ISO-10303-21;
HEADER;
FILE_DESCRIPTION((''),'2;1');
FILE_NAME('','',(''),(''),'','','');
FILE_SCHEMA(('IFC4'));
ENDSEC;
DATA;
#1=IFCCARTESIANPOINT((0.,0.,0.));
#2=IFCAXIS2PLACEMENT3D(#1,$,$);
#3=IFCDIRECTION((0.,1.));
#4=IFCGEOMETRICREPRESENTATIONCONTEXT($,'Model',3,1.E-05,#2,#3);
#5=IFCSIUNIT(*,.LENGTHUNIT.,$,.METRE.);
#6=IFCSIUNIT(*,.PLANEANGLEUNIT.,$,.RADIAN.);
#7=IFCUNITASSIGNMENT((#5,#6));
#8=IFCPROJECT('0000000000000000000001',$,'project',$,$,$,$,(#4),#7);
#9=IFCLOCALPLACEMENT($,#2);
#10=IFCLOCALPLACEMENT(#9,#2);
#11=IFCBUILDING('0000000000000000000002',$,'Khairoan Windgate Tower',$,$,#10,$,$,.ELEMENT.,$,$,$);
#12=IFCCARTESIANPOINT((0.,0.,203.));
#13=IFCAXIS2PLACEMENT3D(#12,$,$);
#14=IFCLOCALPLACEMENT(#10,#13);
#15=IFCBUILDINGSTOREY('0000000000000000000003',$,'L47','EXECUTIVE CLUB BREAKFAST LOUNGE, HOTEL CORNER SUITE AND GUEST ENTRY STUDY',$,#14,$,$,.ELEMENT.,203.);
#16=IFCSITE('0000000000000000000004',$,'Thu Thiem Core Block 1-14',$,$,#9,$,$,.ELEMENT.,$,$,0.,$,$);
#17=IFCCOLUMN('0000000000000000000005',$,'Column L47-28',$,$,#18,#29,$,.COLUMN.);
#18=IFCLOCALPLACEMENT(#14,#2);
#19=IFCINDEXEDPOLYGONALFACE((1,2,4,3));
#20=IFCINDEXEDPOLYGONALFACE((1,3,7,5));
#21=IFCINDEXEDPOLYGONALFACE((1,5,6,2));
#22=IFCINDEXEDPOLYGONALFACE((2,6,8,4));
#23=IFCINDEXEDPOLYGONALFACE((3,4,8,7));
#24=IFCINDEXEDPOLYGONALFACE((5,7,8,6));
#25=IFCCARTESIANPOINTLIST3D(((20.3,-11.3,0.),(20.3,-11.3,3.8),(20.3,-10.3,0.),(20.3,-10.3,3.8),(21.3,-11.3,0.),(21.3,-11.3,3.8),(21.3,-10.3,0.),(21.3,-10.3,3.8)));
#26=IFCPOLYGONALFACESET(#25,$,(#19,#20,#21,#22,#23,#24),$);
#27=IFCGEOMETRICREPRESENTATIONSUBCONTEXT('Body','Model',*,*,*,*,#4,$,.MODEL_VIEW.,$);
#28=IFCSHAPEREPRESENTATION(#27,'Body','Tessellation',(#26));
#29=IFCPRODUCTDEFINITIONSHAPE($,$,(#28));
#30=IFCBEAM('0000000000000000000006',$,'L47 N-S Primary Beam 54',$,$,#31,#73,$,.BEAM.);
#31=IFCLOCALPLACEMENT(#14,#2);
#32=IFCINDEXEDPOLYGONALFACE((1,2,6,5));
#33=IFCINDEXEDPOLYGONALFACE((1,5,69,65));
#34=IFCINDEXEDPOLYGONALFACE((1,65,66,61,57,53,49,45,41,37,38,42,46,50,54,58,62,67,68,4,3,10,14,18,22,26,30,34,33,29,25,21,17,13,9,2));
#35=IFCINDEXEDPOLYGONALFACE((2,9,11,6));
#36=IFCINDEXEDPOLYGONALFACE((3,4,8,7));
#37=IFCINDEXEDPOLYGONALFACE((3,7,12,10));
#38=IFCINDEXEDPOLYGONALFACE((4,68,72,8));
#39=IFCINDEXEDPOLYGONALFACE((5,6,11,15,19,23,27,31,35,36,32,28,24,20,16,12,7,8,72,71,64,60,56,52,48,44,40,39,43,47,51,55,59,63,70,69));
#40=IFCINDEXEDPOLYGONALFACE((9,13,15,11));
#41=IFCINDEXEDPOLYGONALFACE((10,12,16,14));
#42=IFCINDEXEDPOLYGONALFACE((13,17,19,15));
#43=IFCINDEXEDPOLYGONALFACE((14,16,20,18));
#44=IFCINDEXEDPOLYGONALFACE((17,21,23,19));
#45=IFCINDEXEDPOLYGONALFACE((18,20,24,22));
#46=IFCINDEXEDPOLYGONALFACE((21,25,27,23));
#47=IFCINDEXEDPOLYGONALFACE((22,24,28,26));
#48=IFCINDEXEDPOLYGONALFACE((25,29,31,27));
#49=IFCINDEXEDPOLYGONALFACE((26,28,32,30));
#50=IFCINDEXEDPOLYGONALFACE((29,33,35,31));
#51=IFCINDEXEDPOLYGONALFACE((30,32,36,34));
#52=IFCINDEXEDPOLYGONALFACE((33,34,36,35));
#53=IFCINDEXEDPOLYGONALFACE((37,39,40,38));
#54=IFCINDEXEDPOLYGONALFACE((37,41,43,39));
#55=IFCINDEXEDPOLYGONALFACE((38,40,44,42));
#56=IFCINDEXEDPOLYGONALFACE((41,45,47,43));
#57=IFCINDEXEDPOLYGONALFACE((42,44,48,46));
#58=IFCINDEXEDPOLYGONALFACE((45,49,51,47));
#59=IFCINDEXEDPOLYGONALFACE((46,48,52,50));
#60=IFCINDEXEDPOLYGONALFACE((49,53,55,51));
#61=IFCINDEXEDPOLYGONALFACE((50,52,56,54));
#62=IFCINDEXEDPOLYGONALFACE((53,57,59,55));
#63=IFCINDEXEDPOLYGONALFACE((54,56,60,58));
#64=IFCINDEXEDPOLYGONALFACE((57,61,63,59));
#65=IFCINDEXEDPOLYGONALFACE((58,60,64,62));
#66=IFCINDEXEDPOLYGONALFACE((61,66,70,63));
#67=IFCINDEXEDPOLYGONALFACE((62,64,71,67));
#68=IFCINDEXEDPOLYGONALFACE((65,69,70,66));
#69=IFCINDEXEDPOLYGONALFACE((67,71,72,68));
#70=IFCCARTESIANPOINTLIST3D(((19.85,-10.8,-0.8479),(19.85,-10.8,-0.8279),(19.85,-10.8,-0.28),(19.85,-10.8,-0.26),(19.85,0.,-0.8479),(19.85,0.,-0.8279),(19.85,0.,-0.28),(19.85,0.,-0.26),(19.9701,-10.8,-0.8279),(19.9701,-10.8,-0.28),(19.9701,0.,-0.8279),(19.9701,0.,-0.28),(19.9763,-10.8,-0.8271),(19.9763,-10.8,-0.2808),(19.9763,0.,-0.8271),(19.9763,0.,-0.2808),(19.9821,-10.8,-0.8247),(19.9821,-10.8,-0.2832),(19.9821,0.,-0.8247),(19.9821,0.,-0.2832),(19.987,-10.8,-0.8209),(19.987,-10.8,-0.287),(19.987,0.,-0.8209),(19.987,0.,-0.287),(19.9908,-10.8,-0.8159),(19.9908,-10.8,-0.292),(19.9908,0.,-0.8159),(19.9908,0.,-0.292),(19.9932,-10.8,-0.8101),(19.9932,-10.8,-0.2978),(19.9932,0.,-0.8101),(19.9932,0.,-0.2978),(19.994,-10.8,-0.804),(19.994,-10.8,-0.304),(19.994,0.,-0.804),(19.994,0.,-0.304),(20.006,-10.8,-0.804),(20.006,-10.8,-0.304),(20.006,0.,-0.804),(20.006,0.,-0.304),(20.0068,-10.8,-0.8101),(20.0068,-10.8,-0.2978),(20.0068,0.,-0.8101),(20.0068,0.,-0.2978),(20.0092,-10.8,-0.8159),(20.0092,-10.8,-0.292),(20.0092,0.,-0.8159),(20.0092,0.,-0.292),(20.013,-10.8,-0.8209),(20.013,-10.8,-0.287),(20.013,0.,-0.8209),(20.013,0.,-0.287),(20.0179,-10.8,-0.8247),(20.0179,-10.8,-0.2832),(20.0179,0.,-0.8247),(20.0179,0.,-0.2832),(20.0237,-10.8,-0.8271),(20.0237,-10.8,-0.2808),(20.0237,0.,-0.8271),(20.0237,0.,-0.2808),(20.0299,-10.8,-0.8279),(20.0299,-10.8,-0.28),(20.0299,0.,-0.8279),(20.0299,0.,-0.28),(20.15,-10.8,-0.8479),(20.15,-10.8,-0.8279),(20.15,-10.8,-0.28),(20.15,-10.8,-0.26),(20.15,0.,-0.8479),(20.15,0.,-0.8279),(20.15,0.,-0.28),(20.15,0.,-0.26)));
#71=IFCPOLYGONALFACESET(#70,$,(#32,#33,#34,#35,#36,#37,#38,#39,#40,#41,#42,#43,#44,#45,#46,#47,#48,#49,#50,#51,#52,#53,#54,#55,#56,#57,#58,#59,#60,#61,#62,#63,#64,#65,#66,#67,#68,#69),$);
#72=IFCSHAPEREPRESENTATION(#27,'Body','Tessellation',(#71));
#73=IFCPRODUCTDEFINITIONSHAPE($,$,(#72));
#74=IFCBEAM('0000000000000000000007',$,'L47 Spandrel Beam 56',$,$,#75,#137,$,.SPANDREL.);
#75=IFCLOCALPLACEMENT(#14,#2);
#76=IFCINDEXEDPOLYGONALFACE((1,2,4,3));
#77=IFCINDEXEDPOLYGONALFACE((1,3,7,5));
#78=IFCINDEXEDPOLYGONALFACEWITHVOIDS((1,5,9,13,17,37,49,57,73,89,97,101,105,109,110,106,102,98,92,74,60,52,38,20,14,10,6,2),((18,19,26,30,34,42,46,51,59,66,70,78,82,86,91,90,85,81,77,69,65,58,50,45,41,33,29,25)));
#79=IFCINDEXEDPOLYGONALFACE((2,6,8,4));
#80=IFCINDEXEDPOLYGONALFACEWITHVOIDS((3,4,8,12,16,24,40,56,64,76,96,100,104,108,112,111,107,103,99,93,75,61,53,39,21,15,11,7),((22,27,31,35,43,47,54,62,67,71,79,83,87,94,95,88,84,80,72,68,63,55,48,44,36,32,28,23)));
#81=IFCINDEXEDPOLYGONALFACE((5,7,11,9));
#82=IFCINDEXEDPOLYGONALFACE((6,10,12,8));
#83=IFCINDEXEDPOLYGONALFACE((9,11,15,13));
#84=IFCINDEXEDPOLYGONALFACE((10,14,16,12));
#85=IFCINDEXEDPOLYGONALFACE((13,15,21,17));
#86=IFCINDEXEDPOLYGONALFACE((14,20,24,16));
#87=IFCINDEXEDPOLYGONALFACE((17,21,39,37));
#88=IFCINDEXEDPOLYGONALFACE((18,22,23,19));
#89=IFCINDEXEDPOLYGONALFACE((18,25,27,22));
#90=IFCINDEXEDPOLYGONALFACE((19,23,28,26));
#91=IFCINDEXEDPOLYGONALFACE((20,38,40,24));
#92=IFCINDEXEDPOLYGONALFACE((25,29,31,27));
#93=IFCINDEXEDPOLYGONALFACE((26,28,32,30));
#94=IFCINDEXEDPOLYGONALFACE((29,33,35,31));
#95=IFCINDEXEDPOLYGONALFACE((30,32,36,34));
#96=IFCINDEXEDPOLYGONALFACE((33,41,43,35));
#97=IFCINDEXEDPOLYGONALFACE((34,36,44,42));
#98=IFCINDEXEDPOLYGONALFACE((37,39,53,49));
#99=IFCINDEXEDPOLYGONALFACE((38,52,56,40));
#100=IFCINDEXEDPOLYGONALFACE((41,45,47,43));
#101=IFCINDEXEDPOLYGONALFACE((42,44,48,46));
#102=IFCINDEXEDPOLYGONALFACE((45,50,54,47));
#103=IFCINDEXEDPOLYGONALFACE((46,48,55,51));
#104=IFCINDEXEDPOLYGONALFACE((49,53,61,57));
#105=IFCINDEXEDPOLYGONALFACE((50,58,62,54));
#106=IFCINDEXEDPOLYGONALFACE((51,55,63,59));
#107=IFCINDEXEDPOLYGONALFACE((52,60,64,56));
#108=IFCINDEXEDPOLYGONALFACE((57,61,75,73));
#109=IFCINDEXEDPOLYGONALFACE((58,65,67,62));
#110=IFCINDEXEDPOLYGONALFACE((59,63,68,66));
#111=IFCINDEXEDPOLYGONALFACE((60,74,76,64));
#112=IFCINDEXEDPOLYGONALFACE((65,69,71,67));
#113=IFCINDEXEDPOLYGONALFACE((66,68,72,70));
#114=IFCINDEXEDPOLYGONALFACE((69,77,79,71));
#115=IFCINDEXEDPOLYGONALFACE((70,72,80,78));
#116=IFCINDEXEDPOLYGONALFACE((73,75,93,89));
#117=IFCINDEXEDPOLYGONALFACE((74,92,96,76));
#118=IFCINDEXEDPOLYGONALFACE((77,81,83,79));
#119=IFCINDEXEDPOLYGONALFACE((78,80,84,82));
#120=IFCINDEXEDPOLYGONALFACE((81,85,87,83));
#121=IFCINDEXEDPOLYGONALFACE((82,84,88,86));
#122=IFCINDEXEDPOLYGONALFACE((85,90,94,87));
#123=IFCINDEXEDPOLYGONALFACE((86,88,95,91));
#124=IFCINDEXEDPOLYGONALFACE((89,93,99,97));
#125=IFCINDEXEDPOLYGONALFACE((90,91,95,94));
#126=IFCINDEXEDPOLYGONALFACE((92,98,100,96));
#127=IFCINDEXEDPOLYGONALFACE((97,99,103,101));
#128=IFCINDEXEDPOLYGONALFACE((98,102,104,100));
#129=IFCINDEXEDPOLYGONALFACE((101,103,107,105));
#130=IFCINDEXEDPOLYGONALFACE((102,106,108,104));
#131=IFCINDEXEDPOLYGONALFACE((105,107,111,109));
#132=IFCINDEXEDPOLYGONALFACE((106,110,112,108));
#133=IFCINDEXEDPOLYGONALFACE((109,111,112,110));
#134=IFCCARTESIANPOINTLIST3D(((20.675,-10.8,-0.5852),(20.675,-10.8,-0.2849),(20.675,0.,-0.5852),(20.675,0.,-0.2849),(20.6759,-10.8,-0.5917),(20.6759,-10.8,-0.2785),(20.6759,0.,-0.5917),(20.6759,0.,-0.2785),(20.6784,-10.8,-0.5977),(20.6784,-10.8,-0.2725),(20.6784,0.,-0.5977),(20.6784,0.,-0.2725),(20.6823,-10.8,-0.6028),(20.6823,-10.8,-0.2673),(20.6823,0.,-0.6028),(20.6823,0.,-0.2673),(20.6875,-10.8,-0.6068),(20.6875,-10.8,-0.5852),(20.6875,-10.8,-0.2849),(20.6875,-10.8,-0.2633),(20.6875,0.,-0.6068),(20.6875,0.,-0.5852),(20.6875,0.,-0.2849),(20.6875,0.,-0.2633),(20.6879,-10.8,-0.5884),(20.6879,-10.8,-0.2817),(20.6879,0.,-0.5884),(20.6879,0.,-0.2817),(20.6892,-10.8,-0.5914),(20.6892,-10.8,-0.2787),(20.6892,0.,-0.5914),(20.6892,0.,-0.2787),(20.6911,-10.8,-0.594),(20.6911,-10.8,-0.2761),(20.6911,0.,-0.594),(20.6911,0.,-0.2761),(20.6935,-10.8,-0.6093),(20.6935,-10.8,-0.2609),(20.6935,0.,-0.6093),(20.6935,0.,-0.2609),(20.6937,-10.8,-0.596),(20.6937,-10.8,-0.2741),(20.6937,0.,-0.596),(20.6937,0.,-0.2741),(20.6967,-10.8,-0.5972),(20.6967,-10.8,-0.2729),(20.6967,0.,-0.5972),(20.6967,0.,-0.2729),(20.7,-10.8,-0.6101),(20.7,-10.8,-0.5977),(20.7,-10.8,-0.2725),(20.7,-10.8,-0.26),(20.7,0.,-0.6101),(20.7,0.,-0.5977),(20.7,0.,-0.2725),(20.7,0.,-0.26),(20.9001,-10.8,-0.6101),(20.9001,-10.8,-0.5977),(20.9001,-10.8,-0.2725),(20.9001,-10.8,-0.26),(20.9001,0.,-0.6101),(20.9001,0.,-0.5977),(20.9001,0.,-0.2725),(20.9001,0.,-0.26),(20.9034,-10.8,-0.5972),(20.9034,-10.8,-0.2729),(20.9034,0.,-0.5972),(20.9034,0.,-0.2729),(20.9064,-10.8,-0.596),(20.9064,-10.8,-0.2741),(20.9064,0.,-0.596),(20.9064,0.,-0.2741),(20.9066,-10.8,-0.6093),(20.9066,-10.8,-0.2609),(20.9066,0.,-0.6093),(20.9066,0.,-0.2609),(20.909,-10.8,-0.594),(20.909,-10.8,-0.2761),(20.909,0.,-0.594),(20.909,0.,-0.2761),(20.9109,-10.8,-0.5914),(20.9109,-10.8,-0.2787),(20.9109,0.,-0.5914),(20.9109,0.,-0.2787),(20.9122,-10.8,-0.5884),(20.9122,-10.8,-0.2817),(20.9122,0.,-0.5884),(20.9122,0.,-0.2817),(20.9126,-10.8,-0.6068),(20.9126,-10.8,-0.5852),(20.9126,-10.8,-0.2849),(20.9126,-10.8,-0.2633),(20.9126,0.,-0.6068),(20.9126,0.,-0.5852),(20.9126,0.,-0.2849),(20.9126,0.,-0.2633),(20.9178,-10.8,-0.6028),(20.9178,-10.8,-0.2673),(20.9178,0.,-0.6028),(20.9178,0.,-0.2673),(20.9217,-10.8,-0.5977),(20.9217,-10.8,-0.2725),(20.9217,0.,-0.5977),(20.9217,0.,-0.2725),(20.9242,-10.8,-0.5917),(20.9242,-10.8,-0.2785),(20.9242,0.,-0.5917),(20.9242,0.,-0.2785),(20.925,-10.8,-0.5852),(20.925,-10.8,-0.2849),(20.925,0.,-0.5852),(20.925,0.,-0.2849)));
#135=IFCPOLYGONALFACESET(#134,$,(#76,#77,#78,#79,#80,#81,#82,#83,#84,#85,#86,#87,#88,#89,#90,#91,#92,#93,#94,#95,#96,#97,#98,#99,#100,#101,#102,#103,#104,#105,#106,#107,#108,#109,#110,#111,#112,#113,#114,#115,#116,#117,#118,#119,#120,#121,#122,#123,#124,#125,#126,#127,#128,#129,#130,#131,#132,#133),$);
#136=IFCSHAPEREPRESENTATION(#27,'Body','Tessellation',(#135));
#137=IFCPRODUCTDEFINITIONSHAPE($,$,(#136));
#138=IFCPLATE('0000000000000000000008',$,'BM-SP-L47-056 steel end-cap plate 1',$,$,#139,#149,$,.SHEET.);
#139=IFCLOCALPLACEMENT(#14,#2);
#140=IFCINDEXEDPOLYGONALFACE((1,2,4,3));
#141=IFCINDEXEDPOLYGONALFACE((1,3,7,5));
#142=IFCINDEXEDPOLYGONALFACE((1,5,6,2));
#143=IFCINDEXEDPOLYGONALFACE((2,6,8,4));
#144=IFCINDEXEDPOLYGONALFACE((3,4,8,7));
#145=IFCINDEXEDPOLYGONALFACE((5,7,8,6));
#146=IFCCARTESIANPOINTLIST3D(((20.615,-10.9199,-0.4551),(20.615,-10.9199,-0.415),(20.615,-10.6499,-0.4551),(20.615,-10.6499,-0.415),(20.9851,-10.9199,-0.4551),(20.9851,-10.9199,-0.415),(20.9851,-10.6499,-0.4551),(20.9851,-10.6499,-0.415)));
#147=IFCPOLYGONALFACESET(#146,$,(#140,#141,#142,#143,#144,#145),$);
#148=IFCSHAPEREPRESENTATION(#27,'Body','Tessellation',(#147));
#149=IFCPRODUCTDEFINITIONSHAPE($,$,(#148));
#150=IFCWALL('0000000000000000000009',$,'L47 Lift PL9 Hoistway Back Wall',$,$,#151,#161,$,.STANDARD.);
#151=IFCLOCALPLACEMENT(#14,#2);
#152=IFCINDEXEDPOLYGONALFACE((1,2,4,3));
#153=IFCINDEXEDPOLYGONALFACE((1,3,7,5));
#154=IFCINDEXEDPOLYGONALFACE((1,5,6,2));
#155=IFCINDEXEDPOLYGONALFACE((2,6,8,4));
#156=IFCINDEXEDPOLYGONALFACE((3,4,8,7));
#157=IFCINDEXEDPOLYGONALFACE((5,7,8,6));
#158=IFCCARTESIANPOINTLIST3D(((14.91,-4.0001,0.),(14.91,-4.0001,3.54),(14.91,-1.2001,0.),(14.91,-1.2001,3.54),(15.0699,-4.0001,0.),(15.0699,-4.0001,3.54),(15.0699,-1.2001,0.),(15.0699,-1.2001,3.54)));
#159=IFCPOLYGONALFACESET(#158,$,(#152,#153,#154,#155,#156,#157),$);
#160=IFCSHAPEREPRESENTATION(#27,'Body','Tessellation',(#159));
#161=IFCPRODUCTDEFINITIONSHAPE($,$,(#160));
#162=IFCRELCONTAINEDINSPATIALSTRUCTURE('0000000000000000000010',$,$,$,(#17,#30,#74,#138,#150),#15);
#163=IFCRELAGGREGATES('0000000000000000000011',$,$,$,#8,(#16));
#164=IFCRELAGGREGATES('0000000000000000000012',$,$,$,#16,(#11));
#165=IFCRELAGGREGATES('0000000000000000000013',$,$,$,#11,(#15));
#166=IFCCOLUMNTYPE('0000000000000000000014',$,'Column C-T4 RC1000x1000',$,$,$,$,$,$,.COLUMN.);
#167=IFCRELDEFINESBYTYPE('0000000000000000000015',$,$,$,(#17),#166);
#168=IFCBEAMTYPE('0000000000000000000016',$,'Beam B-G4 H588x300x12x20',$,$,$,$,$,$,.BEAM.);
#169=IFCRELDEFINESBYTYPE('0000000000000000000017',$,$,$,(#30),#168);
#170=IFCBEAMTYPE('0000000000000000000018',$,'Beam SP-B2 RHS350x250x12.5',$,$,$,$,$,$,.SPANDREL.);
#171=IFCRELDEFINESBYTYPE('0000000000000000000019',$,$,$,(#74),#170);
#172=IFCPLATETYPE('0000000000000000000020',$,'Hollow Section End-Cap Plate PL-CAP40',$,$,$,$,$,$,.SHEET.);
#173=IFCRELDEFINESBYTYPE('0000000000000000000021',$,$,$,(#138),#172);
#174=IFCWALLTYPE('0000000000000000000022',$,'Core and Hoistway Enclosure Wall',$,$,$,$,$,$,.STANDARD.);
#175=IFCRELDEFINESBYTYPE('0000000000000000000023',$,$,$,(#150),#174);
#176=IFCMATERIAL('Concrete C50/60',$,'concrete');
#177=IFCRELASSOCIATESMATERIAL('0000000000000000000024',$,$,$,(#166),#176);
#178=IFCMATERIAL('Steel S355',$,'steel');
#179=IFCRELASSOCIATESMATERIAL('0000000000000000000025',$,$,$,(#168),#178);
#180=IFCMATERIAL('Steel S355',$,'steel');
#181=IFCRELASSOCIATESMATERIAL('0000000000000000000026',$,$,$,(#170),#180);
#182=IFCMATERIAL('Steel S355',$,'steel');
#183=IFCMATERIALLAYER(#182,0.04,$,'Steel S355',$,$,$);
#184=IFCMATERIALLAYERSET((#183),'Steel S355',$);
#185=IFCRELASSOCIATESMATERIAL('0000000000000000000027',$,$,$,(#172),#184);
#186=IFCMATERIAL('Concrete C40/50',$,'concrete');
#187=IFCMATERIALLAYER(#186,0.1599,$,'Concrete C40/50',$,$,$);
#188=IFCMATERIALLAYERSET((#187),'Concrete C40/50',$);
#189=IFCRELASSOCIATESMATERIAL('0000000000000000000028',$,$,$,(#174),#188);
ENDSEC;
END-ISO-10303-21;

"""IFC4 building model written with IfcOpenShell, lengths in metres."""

from ifc_helpers import new_model, si_unit, direction, frame, frame_2d, origin, origin_2d, place, context, subcontext, project, spatial, rectangle, hollow_rectangle, i_section, extrude, material, layer, layer_set, material_profile, profile_set, type_object, element, save


model = new_model("IFC4")

# Units and contexts
model_context = context("Model", 3, precision=1e-05, world=origin(), true_north=direction((0.0, 1.0)))
body_context = subcontext(model_context, "Body", "Model", "MODEL_VIEW")
ifc_project = project(units=[si_unit("LENGTHUNIT", "METRE"), si_unit("PLANEANGLEUNIT", "RADIAN")], contexts=[model_context])

# Site, building, storey
site_placement = place(None, origin())
site = spatial("IfcSite", under=ifc_project, at=site_placement, Name="Thu Thiem Core Block 1-14", CompositionType="ELEMENT", RefElevation=0.0)
building_placement = place(site_placement, origin())
building = spatial("IfcBuilding", under=site, at=building_placement, Name="Khairoan Windgate Tower", CompositionType="ELEMENT")
storey_placement = place(building_placement, frame((0.0, 0.0, 203.0)))
storey = spatial("IfcBuildingStorey", under=building, at=storey_placement, Name="L47", Description="EXECUTIVE CLUB BREAKFAST LOUNGE, HOTEL CORNER SUITE AND GUEST ENTRY STUDY", CompositionType="ELEMENT", Elevation=203.0)

# Column
ifc_material_1 = material(Name="Concrete C50/60", Category="concrete")
ifc_material_profile_1 = material_profile(ifc_material_1, rectangle(XDim=1.0, YDim=1.0, at=origin_2d()))
ifc_profile_set_1 = profile_set([ifc_material_profile_1], Name="Concrete C50/60")
column_type = type_object("IfcColumnType", Name="Column C-T4 RC1000x1000", PredefinedType="COLUMN", material=ifc_profile_set_1)
column_placement = place(storey_placement, frame((20.8, -10.8, 0.0), z_axis=(0.0, 0.0, 1.0), x_axis=(1.0, 0.0, 0.0)))
element("IfcColumn", 1, at=column_placement, inside=storey, type_object=column_type, Name="Column L47-28", PredefinedType="COLUMN", context=body_context, shape_type="SweptSolid", body=[
    extrude(rectangle(XDim=1.0, YDim=1.0, at=origin_2d()), origin(), (0.0, 0.0, 1.0), 3.8),
])

# Beams
ifc_material_2 = material(Name="Steel S355", Category="steel")
ifc_material_profile_2 = material_profile(ifc_material_2, i_section(OverallWidth=0.3, OverallDepth=0.5879, WebThickness=0.012, FlangeThickness=0.02, FilletRadius=0.0239, at=origin_2d()))
ifc_profile_set_2 = profile_set([ifc_material_profile_2], Name="Steel S355")
beam_type_1 = type_object("IfcBeamType", Name="Beam B-G4 H588x300x12x20", PredefinedType="BEAM", material=ifc_profile_set_2)
beam_1_placement = place(storey_placement, frame((20.0, -10.8, -0.554), z_axis=(0.0, 1.0, 0.0), x_axis=(-1.0, 0.0, 0.0)))
element("IfcBeam", 2, at=beam_1_placement, inside=storey, type_object=beam_type_1, Name="L47 N-S Primary Beam 54", PredefinedType="BEAM", context=body_context, shape_type="SweptSolid", body=[
    extrude(i_section(OverallWidth=0.3, OverallDepth=0.5879, WebThickness=0.012, FlangeThickness=0.02, FilletRadius=0.0239, at=origin_2d()), origin(), (0.0, 0.0, 1.0), 10.8),
])
ifc_material_3 = material(Name="Steel S355", Category="steel")
ifc_material_profile_3 = material_profile(ifc_material_3, hollow_rectangle(XDim=0.25, YDim=0.3501, WallThickness=0.0125, InnerFilletRadius=0.0125, OuterFilletRadius=0.0249, at=origin_2d()))
ifc_profile_set_3 = profile_set([ifc_material_profile_3], Name="Steel S355")
beam_type_2 = type_object("IfcBeamType", Name="Beam SP-B2 RHS350x250x12.5", PredefinedType="SPANDREL", material=ifc_profile_set_3)
beam_2_placement = place(storey_placement, frame((20.8, -10.8, -0.4351), z_axis=(0.0, 1.0, 0.0), x_axis=(-1.0, 0.0, 0.0)))
element("IfcBeam", 3, at=beam_2_placement, inside=storey, type_object=beam_type_2, Name="L47 Spandrel Beam 56", PredefinedType="SPANDREL", context=body_context, shape_type="SweptSolid", body=[
    extrude(hollow_rectangle(XDim=0.25, YDim=0.3501, WallThickness=0.0125, InnerFilletRadius=0.0125, OuterFilletRadius=0.0249, at=origin_2d()), origin(), (0.0, 0.0, 1.0), 10.8),
])

# Plate
ifc_material_4 = material(Name="Steel S355", Category="steel")
ifc_layer_1 = layer(ifc_material_4, 0.04, Name="Steel S355")
ifc_layer_set_1 = layer_set([ifc_layer_1], Name="Steel S355")
plate_type = type_object("IfcPlateType", Name="Hollow Section End-Cap Plate PL-CAP40", PredefinedType="SHEET", material=ifc_layer_set_1)
plate_placement = place(storey_placement, frame((20.8, -10.7849, -0.4551), z_axis=(0.0, 0.0, 1.0), x_axis=(0.0, 1.0, 0.0)))
element("IfcPlate", 4, at=plate_placement, inside=storey, type_object=plate_type, Name="BM-SP-L47-056 steel end-cap plate 1", PredefinedType="SHEET", context=body_context, shape_type="SweptSolid", body=[
    extrude(rectangle(XDim=0.27, YDim=0.3701, at=origin_2d()), origin(), (0.0, 0.0, 1.0), 0.04),
])

# Wall
ifc_material_5 = material(Name="Concrete C40/50", Category="concrete")
ifc_layer_2 = layer(ifc_material_5, 0.1599, Name="Concrete C40/50")
ifc_layer_set_2 = layer_set([ifc_layer_2], Name="Concrete C40/50")
wall_type_1 = type_object("IfcWallType", Name="Core and Hoistway Enclosure Wall", PredefinedType="STANDARD", material=ifc_layer_set_2)
wall_1_placement = place(storey_placement, frame((14.99, -4.0, 0.0), z_axis=(0.0, 0.0, 1.0), x_axis=(0.0, 1.0, 0.0)))
element("IfcWall", 5, at=wall_1_placement, inside=storey, type_object=wall_type_1, Name="L47 Lift PL9 Hoistway Back Wall", PredefinedType="STANDARD", context=body_context, shape_type="SweptSolid", body=[
    extrude(rectangle(XDim=2.8, YDim=0.1599, at=frame_2d((1.3999, 0.0))), origin(), (0.0, 0.0, 1.0), 3.54),
])

save(model, "model.ifc")
